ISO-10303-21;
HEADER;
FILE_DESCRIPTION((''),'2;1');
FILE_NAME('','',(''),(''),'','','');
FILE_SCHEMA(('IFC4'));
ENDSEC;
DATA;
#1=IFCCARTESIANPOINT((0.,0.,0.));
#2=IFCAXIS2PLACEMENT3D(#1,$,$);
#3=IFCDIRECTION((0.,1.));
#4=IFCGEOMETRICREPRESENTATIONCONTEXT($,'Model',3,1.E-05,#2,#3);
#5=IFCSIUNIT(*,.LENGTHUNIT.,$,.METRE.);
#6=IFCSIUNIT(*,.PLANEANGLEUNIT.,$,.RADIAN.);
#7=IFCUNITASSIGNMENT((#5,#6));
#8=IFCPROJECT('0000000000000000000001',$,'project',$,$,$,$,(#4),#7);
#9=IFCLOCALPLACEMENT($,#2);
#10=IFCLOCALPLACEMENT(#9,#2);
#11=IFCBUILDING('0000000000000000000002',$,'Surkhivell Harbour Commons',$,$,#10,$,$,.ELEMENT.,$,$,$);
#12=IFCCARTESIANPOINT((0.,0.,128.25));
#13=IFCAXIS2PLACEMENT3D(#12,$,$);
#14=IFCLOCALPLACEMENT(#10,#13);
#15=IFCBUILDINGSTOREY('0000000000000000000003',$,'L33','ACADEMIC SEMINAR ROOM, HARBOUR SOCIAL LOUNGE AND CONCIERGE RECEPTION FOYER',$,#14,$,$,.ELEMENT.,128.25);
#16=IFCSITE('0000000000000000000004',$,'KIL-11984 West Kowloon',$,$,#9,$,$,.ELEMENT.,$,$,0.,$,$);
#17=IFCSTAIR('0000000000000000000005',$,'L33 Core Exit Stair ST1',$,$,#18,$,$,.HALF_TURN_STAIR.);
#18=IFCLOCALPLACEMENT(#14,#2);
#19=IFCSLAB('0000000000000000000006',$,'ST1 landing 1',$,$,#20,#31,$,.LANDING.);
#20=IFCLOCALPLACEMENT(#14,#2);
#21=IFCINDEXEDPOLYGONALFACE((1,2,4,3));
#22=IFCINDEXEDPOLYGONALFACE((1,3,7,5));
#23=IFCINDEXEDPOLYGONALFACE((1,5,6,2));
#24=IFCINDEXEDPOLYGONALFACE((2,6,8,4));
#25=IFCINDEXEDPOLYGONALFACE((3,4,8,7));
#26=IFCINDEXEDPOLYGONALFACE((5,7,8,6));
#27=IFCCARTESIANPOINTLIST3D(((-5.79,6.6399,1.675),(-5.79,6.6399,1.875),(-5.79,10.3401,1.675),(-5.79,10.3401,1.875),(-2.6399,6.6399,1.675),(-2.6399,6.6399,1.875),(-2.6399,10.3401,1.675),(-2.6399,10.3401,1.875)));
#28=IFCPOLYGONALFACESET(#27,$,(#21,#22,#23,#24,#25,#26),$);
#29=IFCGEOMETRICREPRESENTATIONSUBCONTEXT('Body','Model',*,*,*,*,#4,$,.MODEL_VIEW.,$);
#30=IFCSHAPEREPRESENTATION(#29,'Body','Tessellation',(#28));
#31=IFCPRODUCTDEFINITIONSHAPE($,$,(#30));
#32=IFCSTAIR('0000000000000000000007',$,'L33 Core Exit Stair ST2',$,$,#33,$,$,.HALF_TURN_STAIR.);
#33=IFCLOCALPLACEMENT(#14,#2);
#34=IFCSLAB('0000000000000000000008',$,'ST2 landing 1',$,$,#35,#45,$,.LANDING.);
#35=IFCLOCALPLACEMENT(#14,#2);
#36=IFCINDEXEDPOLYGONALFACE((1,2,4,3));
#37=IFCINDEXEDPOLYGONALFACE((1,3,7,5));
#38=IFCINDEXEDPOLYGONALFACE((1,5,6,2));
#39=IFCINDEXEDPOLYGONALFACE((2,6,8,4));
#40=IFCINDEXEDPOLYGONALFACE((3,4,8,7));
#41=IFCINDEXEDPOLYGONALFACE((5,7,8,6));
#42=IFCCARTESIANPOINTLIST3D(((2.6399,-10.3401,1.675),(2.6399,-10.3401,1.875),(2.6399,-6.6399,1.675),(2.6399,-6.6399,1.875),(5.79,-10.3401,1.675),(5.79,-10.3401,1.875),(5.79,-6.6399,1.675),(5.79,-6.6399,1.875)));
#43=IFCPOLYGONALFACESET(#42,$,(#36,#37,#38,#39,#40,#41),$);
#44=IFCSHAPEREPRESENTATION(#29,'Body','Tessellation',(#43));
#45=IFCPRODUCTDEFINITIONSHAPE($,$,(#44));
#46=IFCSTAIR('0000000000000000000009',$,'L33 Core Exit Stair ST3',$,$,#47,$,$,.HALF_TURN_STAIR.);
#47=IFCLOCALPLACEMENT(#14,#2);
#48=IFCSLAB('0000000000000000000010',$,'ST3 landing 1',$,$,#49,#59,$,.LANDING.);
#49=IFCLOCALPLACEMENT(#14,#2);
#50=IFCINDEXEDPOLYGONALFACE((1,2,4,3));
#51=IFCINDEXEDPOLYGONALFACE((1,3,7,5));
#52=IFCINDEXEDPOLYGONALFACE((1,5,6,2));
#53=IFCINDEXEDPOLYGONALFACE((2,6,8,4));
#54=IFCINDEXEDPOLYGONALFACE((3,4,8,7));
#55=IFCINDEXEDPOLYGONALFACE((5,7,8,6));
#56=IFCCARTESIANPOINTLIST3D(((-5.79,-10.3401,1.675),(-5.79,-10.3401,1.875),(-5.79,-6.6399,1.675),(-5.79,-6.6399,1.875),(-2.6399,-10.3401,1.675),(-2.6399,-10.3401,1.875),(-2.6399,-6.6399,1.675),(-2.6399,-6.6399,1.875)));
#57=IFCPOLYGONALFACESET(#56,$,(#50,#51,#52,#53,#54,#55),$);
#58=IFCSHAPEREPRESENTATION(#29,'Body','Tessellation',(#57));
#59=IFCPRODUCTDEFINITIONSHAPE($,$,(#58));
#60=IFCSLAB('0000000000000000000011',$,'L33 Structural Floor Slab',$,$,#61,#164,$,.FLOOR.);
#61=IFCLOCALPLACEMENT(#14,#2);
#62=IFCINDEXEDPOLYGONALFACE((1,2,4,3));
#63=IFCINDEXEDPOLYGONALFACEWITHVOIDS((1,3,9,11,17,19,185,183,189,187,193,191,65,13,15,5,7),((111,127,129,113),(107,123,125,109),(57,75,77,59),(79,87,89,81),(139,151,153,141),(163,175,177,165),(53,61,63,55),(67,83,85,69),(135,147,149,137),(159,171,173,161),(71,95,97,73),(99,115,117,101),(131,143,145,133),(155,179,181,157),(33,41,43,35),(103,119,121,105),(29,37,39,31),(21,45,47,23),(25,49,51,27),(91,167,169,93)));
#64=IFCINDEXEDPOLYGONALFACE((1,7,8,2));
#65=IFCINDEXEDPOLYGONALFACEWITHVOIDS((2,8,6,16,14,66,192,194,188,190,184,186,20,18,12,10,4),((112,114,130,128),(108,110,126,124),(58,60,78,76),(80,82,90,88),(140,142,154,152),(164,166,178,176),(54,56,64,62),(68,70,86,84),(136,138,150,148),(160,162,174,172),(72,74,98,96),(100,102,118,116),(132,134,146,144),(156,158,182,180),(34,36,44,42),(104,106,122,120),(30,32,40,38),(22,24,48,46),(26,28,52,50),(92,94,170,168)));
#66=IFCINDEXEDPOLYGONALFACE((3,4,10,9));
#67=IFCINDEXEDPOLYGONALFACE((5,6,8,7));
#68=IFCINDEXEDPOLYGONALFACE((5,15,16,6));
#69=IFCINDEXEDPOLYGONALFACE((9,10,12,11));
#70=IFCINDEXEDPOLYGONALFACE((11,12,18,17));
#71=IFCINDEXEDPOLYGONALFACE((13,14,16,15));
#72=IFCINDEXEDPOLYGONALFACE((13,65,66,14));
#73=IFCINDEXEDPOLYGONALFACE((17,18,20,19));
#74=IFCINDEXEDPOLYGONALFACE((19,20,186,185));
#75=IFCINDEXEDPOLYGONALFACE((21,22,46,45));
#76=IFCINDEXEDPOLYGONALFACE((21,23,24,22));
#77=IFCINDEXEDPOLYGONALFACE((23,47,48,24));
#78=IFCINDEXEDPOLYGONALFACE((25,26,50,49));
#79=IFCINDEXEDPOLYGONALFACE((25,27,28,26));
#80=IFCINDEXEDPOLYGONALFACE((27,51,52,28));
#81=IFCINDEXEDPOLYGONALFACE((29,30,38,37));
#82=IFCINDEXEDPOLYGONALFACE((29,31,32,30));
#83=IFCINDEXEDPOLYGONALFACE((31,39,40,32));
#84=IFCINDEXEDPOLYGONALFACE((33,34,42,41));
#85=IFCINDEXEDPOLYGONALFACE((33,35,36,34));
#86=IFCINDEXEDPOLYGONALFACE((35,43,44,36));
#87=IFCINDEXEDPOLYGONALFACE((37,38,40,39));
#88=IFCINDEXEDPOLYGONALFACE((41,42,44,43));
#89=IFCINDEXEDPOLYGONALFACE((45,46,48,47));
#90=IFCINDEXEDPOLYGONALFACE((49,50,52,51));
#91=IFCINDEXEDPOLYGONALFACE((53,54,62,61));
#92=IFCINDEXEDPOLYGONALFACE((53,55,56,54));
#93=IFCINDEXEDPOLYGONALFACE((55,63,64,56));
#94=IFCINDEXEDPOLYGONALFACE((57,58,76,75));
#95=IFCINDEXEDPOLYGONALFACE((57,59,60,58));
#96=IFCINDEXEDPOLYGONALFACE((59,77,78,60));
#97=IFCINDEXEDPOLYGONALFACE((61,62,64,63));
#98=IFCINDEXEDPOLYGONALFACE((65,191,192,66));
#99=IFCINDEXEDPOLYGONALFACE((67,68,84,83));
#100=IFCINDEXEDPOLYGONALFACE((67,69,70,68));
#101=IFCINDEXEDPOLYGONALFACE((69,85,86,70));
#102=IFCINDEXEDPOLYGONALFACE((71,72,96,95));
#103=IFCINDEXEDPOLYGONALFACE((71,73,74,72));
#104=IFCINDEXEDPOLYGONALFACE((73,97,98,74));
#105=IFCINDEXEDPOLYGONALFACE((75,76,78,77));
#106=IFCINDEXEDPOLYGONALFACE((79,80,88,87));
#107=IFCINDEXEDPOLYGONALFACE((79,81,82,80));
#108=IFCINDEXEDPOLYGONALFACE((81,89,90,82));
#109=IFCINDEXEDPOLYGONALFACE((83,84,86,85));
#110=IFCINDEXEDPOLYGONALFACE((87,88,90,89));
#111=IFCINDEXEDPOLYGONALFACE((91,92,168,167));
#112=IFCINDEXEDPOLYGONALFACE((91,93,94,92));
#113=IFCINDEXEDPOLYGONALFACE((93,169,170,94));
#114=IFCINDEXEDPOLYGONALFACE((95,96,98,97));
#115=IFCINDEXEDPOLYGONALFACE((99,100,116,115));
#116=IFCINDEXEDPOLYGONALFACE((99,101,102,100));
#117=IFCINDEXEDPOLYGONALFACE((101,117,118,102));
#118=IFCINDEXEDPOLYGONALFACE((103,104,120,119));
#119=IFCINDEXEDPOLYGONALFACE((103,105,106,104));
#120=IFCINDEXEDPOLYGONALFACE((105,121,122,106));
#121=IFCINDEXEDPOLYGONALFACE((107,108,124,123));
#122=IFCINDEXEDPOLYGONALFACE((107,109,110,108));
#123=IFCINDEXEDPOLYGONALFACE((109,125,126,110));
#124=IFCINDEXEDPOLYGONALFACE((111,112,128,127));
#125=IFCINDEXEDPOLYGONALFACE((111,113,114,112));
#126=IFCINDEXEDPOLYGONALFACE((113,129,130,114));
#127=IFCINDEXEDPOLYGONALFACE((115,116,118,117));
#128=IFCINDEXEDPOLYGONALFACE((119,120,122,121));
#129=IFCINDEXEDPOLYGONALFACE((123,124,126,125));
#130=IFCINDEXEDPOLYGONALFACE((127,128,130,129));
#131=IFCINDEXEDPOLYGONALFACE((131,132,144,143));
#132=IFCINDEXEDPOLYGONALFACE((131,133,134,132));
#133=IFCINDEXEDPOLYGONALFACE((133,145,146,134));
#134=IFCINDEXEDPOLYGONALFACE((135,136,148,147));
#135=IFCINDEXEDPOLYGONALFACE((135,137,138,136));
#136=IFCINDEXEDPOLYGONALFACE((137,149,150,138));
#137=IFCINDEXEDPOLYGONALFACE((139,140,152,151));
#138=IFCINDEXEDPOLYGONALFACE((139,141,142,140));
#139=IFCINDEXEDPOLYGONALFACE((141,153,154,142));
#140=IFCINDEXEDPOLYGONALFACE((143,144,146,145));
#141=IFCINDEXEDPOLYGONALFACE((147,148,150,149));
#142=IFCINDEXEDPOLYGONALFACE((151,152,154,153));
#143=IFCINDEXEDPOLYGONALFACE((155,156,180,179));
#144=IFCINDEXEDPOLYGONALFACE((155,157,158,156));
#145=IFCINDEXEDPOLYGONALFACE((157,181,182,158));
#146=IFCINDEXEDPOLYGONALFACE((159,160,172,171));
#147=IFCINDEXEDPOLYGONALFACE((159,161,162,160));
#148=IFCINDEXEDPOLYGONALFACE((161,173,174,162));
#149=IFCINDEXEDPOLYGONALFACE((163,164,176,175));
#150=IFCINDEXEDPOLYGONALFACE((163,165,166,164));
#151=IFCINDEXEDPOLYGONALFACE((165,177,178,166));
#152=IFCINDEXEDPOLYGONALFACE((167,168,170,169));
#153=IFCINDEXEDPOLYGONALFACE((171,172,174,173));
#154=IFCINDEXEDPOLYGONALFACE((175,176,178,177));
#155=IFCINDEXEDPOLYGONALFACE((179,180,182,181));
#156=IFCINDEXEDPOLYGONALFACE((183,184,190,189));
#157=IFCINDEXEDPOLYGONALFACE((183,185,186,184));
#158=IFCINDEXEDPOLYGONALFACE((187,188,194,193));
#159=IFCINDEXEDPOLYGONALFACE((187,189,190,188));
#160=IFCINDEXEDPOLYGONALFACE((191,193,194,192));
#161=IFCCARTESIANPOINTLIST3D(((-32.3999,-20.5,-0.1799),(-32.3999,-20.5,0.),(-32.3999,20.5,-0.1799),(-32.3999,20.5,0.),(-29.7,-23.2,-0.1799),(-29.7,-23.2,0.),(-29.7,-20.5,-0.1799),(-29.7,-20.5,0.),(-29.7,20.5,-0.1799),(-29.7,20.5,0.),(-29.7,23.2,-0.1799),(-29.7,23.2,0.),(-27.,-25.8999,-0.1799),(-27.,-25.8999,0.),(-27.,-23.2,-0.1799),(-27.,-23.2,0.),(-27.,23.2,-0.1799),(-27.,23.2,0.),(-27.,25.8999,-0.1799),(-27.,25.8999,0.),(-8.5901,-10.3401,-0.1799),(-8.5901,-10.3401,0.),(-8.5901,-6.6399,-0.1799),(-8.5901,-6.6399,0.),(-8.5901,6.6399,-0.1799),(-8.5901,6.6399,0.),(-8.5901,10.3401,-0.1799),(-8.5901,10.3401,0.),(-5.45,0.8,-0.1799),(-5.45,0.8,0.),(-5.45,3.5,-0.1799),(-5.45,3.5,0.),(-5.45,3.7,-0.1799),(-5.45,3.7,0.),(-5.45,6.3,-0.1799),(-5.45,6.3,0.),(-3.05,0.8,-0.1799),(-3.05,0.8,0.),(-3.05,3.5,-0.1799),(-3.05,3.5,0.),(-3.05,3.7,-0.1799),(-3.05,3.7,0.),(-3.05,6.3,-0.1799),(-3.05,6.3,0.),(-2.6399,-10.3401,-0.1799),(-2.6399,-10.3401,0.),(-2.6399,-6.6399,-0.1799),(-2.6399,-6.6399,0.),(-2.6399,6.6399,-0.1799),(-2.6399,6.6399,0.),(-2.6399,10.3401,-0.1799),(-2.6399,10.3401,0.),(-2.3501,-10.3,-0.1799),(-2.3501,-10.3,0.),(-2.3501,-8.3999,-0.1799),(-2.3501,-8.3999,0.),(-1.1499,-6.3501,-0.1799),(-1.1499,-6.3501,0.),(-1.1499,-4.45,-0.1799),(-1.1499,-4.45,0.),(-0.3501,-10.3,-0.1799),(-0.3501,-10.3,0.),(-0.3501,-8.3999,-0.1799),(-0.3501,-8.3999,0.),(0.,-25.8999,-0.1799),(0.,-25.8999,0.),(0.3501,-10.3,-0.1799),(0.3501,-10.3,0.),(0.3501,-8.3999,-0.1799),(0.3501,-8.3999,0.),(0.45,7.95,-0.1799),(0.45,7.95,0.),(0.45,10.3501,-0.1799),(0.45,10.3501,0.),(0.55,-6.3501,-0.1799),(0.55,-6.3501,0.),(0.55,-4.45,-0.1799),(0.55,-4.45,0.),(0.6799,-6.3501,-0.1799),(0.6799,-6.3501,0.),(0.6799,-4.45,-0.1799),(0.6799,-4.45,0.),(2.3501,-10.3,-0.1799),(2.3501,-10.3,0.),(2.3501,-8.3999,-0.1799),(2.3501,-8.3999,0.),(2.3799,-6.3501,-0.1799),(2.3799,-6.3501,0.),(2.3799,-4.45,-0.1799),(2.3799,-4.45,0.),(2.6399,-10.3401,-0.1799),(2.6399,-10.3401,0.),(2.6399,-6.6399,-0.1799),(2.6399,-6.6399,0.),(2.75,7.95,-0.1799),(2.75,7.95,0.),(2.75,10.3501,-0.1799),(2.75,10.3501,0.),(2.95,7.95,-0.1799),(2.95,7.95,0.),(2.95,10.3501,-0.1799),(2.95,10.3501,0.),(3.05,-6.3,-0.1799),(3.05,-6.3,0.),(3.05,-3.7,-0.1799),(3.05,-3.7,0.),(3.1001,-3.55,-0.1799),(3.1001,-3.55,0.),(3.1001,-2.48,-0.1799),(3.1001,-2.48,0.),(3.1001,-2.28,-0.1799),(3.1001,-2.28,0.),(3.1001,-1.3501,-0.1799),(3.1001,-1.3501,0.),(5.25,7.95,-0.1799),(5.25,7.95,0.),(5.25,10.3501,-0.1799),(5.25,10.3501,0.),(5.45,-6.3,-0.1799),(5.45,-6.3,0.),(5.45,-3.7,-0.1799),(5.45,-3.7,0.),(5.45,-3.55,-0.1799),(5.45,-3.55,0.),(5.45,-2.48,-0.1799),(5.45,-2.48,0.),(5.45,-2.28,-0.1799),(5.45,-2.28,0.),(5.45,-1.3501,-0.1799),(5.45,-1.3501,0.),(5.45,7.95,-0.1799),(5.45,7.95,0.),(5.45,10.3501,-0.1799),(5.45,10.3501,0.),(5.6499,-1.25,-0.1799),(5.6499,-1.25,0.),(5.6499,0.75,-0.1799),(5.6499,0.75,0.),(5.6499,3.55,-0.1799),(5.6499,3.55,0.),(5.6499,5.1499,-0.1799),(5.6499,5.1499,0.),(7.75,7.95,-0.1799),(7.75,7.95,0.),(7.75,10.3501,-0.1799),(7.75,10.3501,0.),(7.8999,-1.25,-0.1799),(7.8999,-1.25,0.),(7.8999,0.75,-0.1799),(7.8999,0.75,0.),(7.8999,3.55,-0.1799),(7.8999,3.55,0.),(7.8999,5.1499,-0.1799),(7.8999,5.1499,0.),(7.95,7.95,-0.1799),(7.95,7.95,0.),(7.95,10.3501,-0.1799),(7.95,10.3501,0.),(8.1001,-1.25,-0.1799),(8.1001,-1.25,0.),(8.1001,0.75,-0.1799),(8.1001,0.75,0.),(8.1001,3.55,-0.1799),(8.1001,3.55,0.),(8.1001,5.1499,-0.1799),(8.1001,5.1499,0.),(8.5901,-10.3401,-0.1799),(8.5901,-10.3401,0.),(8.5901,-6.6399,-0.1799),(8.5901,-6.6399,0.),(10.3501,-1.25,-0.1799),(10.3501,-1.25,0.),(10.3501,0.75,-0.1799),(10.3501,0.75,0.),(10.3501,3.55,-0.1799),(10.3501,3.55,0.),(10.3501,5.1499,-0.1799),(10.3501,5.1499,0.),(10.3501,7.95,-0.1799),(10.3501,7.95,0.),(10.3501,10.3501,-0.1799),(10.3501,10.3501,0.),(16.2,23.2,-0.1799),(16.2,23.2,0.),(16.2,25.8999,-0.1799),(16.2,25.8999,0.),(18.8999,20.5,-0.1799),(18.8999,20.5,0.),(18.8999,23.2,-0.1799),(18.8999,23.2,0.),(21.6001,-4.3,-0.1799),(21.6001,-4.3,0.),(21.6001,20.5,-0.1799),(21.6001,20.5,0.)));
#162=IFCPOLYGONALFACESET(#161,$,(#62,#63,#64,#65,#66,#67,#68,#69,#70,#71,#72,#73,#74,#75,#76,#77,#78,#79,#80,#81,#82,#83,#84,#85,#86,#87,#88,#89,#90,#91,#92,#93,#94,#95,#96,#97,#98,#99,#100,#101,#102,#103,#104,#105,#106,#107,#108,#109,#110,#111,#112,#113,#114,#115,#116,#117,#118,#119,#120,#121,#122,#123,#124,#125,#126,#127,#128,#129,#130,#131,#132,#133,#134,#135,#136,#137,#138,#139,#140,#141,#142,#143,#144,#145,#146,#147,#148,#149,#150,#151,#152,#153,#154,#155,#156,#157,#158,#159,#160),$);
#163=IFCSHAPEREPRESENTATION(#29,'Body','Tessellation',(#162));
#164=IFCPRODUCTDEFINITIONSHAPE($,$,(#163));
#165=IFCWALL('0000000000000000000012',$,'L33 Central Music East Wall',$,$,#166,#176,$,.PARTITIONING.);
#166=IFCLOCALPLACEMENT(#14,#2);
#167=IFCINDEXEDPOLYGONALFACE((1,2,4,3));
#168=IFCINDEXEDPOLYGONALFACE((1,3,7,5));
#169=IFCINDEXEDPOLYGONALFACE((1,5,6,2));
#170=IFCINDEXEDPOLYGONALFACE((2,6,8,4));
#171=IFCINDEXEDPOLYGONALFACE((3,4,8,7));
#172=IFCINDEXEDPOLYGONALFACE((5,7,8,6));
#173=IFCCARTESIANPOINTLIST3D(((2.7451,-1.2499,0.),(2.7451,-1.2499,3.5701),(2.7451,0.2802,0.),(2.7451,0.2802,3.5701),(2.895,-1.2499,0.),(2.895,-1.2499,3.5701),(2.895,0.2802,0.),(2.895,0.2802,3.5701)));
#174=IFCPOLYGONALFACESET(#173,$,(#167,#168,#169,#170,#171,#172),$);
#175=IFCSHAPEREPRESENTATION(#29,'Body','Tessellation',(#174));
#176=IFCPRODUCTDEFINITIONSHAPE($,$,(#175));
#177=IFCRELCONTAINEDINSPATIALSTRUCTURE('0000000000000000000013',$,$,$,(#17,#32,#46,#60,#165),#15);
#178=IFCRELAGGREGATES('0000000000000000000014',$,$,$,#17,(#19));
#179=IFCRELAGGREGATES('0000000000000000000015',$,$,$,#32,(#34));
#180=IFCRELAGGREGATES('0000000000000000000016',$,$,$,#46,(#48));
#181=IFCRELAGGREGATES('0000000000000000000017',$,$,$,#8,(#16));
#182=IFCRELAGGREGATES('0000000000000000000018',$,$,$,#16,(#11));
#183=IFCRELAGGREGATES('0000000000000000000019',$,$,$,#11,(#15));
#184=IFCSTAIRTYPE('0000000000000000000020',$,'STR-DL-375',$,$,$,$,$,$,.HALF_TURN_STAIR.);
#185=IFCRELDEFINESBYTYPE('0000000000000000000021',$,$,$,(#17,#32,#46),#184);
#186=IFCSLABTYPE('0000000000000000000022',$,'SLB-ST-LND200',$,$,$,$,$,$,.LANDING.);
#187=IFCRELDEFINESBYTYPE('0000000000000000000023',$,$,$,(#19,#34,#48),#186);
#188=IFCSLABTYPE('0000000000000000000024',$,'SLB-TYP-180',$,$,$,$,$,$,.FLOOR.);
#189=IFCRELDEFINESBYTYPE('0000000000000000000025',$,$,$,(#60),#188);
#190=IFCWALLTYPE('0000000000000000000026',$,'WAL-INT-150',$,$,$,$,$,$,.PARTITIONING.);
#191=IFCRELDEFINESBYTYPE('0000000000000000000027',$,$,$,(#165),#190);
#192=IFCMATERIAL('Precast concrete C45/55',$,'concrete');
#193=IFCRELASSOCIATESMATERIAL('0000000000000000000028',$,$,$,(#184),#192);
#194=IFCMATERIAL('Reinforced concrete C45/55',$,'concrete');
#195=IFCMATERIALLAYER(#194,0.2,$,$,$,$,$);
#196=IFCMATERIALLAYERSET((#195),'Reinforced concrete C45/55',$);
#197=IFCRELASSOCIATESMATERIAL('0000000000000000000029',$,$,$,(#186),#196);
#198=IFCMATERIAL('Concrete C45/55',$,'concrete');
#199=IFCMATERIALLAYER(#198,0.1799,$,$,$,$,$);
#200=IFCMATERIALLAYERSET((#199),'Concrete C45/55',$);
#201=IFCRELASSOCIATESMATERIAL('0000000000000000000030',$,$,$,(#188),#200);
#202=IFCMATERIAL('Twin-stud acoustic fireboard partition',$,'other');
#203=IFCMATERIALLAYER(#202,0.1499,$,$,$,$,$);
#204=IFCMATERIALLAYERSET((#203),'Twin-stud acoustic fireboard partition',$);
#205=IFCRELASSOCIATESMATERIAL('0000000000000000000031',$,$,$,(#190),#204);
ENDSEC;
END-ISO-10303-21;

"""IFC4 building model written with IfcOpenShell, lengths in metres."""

from ifc_helpers import new_model, si_unit, direction, frame, frame_2d, origin, place, context, subcontext, project, spatial, polyline, rectangle, outline, extrude, material, layer, layer_set, type_object, element, aggregate, save


model = new_model("IFC4")

# Units and contexts
model_context = context("Model", 3, precision=1e-05, world=origin(), true_north=direction((0.0, 1.0)))
body_context = subcontext(model_context, "Body", "Model", "MODEL_VIEW")
ifc_project = project(units=[si_unit("LENGTHUNIT", "METRE"), si_unit("PLANEANGLEUNIT", "RADIAN")], contexts=[model_context])

# Site, building, storey
site_placement = place(None, origin())
site = spatial("IfcSite", under=ifc_project, at=site_placement, Name="KIL-11984 West Kowloon", CompositionType="ELEMENT", RefElevation=0.0)
building_placement = place(site_placement, origin())
building = spatial("IfcBuilding", under=site, at=building_placement, Name="Surkhivell Harbour Commons", CompositionType="ELEMENT")
storey_placement = place(building_placement, frame((0.0, 0.0, 128.25)))
storey = spatial("IfcBuildingStorey", under=building, at=storey_placement, Name="L33", Description="ACADEMIC SEMINAR ROOM, HARBOUR SOCIAL LOUNGE AND CONCIERGE RECEPTION FOYER", CompositionType="ELEMENT", Elevation=128.25)

# Stairs, slabs
ifc_material_1 = material(Name="Precast concrete C45/55", Category="concrete")
stair_type = type_object("IfcStairType", Name="STR-DL-375", PredefinedType="HALF_TURN_STAIR", material=ifc_material_1)
stair_1_placement = place(storey_placement, origin())
stair_1 = element("IfcStair", 1, at=stair_1_placement, inside=storey, type_object=stair_type, Name="L33 Core Exit Stair ST1", PredefinedType="HALF_TURN_STAIR")
ifc_material_2 = material(Name="Reinforced concrete C45/55", Category="concrete")
ifc_layer_1 = layer(ifc_material_2, 0.2)
ifc_layer_set_1 = layer_set([ifc_layer_1], Name="Reinforced concrete C45/55")
slab_type_1 = type_object("IfcSlabType", Name="SLB-ST-LND200", PredefinedType="LANDING", material=ifc_layer_set_1)
slab_1_placement = place(storey_placement, frame((0.0, 0.0, 1.675)))
slab_1 = element("IfcSlab", 2, at=slab_1_placement, type_object=slab_type_1, Name="ST1 landing 1", PredefinedType="LANDING", context=body_context, shape_type="SweptSolid", body=[
    extrude(outline(polyline([(-5.79, 6.6399), (-2.6399, 6.6399), (-2.6399, 10.3401), (-5.79, 10.3401), (-5.79, 6.6399)])), origin(), (0.0, 0.0, 1.0), 0.2),
])
aggregate(stair_1, [slab_1])
stair_2_placement = place(storey_placement, origin())
stair_2 = element("IfcStair", 3, at=stair_2_placement, inside=storey, type_object=stair_type, Name="L33 Core Exit Stair ST2", PredefinedType="HALF_TURN_STAIR")
slab_2_placement = place(storey_placement, frame((0.0, 0.0, 1.675)))
slab_2 = element("IfcSlab", 4, at=slab_2_placement, type_object=slab_type_1, Name="ST2 landing 1", PredefinedType="LANDING", context=body_context, shape_type="SweptSolid", body=[
    extrude(outline(polyline([(5.79, -6.6399), (2.6399, -6.6399), (2.6399, -10.3401), (5.79, -10.3401), (5.79, -6.6399)])), origin(), (0.0, 0.0, 1.0), 0.2),
])
aggregate(stair_2, [slab_2])
stair_3_placement = place(storey_placement, origin())
stair_3 = element("IfcStair", 5, at=stair_3_placement, inside=storey, type_object=stair_type, Name="L33 Core Exit Stair ST3", PredefinedType="HALF_TURN_STAIR")
slab_3_placement = place(storey_placement, frame((0.0, 0.0, 1.675)))
slab_3 = element("IfcSlab", 6, at=slab_3_placement, type_object=slab_type_1, Name="ST3 landing 1", PredefinedType="LANDING", context=body_context, shape_type="SweptSolid", body=[
    extrude(outline(polyline([(-5.79, -10.3401), (-2.6399, -10.3401), (-2.6399, -6.6399), (-5.79, -6.6399), (-5.79, -10.3401)])), origin(), (0.0, 0.0, 1.0), 0.2),
])
aggregate(stair_3, [slab_3])

# Slab
ifc_material_3 = material(Name="Concrete C45/55", Category="concrete")
ifc_layer_2 = layer(ifc_material_3, 0.1799)
ifc_layer_set_2 = layer_set([ifc_layer_2], Name="Concrete C45/55")
slab_type_2 = type_object("IfcSlabType", Name="SLB-TYP-180", PredefinedType="FLOOR", material=ifc_layer_set_2)
slab_4_placement = place(storey_placement, frame((0.0, 0.0, -0.1799)))
element("IfcSlab", 7, at=slab_4_placement, inside=storey, type_object=slab_type_2, Name="L33 Structural Floor Slab", PredefinedType="FLOOR", context=body_context, shape_type="SweptSolid", body=[
    extrude(outline(polyline([(-27.0, -25.8999), (0.0, -25.8999), (21.6001, -4.3), (21.6001, 20.5), (18.8999, 20.5), (18.8999, 23.2), (16.2, 23.2), (16.2, 25.8999), (-27.0, 25.8999), (-27.0, 23.2), (-29.7, 23.2), (-29.7, 20.5), (-32.3999, 20.5), (-32.3999, -20.5), (-29.7, -20.5), (-29.7, -23.2), (-27.0, -23.2), (-27.0, -25.8999)]), holes=[polyline([(-8.5901, 6.6399), (-2.6399, 6.6399), (-2.6399, 10.3401), (-8.5901, 10.3401), (-8.5901, 6.6399)]), polyline([(8.5901, -6.6399), (2.6399, -6.6399), (2.6399, -10.3401), (8.5901, -10.3401), (8.5901, -6.6399)]), polyline([(-8.5901, -10.3401), (-2.6399, -10.3401), (-2.6399, -6.6399), (-8.5901, -6.6399), (-8.5901, -10.3401)]), polyline([(0.45, 7.95), (2.75, 7.95), (2.75, 10.3501), (0.45, 10.3501), (0.45, 7.95)]), polyline([(2.95, 7.95), (5.25, 7.95), (5.25, 10.3501), (2.95, 10.3501), (2.95, 7.95)]), polyline([(5.45, 7.95), (7.75, 7.95), (7.75, 10.3501), (5.45, 10.3501), (5.45, 7.95)]), polyline([(7.95, 7.95), (10.3501, 7.95), (10.3501, 10.3501), (7.95, 10.3501), (7.95, 7.95)]), polyline([(5.6499, 3.55), (7.8999, 3.55), (7.8999, 5.1499), (5.6499, 5.1499), (5.6499, 3.55)]), polyline([(8.1001, 3.55), (10.3501, 3.55), (10.3501, 5.1499), (8.1001, 5.1499), (8.1001, 3.55)]), polyline([(5.6499, -1.25), (7.8999, -1.25), (7.8999, 0.75), (5.6499, 0.75), (5.6499, -1.25)]), polyline([(8.1001, -1.25), (10.3501, -1.25), (10.3501, 0.75), (8.1001, 0.75), (8.1001, -1.25)]), polyline([(-1.1499, -6.3501), (0.55, -6.3501), (0.55, -4.45), (-1.1499, -4.45), (-1.1499, -6.3501)]), polyline([(0.6799, -6.3501), (2.3799, -6.3501), (2.3799, -4.45), (0.6799, -4.45), (0.6799, -6.3501)]), polyline([(-2.3501, -10.3), (-0.3501, -10.3), (-0.3501, -8.3999), (-2.3501, -8.3999), (-2.3501, -10.3)]), polyline([(0.3501, -10.3), (2.3501, -10.3), (2.3501, -8.3999), (0.3501, -8.3999), (0.3501, -10.3)]), polyline([(-5.45, 3.7), (-3.05, 3.7), (-3.05, 6.3), (-5.45, 6.3), (-5.45, 3.7)]), polyline([(3.05, -6.3), (5.45, -6.3), (5.45, -3.7), (3.05, -3.7), (3.05, -6.3)]), polyline([(-5.45, 0.8), (-3.05, 0.8), (-3.05, 3.5), (-5.45, 3.5), (-5.45, 0.8)]), polyline([(3.1001, -3.55), (5.45, -3.55), (5.45, -2.48), (3.1001, -2.48), (3.1001, -3.55)]), polyline([(3.1001, -2.28), (5.45, -2.28), (5.45, -1.3501), (3.1001, -1.3501), (3.1001, -2.28)])]), origin(), (0.0, 0.0, 1.0), 0.1799),
])

# Wall
ifc_material_4 = material(Name="Twin-stud acoustic fireboard partition", Category="other")
ifc_layer_3 = layer(ifc_material_4, 0.1499)
ifc_layer_set_3 = layer_set([ifc_layer_3], Name="Twin-stud acoustic fireboard partition")
wall_type_1 = type_object("IfcWallType", Name="WAL-INT-150", PredefinedType="PARTITIONING", material=ifc_layer_set_3)
wall_1_placement = place(storey_placement, frame((2.8201, -1.25, 0.0), z_axis=(0.0, 0.0, 1.0), x_axis=(0.0, 1.0, 0.0)))
element("IfcWall", 8, at=wall_1_placement, inside=storey, type_object=wall_type_1, Name="L33 Central Music East Wall", PredefinedType="PARTITIONING", context=body_context, shape_type="SweptSolid", body=[
    extrude(rectangle(XDim=1.53, YDim=0.1499, at=frame_2d((0.7651, 0.0))), origin(), (0.0, 0.0, 1.0), 3.5701),
])

save(model, "model.ifc")
